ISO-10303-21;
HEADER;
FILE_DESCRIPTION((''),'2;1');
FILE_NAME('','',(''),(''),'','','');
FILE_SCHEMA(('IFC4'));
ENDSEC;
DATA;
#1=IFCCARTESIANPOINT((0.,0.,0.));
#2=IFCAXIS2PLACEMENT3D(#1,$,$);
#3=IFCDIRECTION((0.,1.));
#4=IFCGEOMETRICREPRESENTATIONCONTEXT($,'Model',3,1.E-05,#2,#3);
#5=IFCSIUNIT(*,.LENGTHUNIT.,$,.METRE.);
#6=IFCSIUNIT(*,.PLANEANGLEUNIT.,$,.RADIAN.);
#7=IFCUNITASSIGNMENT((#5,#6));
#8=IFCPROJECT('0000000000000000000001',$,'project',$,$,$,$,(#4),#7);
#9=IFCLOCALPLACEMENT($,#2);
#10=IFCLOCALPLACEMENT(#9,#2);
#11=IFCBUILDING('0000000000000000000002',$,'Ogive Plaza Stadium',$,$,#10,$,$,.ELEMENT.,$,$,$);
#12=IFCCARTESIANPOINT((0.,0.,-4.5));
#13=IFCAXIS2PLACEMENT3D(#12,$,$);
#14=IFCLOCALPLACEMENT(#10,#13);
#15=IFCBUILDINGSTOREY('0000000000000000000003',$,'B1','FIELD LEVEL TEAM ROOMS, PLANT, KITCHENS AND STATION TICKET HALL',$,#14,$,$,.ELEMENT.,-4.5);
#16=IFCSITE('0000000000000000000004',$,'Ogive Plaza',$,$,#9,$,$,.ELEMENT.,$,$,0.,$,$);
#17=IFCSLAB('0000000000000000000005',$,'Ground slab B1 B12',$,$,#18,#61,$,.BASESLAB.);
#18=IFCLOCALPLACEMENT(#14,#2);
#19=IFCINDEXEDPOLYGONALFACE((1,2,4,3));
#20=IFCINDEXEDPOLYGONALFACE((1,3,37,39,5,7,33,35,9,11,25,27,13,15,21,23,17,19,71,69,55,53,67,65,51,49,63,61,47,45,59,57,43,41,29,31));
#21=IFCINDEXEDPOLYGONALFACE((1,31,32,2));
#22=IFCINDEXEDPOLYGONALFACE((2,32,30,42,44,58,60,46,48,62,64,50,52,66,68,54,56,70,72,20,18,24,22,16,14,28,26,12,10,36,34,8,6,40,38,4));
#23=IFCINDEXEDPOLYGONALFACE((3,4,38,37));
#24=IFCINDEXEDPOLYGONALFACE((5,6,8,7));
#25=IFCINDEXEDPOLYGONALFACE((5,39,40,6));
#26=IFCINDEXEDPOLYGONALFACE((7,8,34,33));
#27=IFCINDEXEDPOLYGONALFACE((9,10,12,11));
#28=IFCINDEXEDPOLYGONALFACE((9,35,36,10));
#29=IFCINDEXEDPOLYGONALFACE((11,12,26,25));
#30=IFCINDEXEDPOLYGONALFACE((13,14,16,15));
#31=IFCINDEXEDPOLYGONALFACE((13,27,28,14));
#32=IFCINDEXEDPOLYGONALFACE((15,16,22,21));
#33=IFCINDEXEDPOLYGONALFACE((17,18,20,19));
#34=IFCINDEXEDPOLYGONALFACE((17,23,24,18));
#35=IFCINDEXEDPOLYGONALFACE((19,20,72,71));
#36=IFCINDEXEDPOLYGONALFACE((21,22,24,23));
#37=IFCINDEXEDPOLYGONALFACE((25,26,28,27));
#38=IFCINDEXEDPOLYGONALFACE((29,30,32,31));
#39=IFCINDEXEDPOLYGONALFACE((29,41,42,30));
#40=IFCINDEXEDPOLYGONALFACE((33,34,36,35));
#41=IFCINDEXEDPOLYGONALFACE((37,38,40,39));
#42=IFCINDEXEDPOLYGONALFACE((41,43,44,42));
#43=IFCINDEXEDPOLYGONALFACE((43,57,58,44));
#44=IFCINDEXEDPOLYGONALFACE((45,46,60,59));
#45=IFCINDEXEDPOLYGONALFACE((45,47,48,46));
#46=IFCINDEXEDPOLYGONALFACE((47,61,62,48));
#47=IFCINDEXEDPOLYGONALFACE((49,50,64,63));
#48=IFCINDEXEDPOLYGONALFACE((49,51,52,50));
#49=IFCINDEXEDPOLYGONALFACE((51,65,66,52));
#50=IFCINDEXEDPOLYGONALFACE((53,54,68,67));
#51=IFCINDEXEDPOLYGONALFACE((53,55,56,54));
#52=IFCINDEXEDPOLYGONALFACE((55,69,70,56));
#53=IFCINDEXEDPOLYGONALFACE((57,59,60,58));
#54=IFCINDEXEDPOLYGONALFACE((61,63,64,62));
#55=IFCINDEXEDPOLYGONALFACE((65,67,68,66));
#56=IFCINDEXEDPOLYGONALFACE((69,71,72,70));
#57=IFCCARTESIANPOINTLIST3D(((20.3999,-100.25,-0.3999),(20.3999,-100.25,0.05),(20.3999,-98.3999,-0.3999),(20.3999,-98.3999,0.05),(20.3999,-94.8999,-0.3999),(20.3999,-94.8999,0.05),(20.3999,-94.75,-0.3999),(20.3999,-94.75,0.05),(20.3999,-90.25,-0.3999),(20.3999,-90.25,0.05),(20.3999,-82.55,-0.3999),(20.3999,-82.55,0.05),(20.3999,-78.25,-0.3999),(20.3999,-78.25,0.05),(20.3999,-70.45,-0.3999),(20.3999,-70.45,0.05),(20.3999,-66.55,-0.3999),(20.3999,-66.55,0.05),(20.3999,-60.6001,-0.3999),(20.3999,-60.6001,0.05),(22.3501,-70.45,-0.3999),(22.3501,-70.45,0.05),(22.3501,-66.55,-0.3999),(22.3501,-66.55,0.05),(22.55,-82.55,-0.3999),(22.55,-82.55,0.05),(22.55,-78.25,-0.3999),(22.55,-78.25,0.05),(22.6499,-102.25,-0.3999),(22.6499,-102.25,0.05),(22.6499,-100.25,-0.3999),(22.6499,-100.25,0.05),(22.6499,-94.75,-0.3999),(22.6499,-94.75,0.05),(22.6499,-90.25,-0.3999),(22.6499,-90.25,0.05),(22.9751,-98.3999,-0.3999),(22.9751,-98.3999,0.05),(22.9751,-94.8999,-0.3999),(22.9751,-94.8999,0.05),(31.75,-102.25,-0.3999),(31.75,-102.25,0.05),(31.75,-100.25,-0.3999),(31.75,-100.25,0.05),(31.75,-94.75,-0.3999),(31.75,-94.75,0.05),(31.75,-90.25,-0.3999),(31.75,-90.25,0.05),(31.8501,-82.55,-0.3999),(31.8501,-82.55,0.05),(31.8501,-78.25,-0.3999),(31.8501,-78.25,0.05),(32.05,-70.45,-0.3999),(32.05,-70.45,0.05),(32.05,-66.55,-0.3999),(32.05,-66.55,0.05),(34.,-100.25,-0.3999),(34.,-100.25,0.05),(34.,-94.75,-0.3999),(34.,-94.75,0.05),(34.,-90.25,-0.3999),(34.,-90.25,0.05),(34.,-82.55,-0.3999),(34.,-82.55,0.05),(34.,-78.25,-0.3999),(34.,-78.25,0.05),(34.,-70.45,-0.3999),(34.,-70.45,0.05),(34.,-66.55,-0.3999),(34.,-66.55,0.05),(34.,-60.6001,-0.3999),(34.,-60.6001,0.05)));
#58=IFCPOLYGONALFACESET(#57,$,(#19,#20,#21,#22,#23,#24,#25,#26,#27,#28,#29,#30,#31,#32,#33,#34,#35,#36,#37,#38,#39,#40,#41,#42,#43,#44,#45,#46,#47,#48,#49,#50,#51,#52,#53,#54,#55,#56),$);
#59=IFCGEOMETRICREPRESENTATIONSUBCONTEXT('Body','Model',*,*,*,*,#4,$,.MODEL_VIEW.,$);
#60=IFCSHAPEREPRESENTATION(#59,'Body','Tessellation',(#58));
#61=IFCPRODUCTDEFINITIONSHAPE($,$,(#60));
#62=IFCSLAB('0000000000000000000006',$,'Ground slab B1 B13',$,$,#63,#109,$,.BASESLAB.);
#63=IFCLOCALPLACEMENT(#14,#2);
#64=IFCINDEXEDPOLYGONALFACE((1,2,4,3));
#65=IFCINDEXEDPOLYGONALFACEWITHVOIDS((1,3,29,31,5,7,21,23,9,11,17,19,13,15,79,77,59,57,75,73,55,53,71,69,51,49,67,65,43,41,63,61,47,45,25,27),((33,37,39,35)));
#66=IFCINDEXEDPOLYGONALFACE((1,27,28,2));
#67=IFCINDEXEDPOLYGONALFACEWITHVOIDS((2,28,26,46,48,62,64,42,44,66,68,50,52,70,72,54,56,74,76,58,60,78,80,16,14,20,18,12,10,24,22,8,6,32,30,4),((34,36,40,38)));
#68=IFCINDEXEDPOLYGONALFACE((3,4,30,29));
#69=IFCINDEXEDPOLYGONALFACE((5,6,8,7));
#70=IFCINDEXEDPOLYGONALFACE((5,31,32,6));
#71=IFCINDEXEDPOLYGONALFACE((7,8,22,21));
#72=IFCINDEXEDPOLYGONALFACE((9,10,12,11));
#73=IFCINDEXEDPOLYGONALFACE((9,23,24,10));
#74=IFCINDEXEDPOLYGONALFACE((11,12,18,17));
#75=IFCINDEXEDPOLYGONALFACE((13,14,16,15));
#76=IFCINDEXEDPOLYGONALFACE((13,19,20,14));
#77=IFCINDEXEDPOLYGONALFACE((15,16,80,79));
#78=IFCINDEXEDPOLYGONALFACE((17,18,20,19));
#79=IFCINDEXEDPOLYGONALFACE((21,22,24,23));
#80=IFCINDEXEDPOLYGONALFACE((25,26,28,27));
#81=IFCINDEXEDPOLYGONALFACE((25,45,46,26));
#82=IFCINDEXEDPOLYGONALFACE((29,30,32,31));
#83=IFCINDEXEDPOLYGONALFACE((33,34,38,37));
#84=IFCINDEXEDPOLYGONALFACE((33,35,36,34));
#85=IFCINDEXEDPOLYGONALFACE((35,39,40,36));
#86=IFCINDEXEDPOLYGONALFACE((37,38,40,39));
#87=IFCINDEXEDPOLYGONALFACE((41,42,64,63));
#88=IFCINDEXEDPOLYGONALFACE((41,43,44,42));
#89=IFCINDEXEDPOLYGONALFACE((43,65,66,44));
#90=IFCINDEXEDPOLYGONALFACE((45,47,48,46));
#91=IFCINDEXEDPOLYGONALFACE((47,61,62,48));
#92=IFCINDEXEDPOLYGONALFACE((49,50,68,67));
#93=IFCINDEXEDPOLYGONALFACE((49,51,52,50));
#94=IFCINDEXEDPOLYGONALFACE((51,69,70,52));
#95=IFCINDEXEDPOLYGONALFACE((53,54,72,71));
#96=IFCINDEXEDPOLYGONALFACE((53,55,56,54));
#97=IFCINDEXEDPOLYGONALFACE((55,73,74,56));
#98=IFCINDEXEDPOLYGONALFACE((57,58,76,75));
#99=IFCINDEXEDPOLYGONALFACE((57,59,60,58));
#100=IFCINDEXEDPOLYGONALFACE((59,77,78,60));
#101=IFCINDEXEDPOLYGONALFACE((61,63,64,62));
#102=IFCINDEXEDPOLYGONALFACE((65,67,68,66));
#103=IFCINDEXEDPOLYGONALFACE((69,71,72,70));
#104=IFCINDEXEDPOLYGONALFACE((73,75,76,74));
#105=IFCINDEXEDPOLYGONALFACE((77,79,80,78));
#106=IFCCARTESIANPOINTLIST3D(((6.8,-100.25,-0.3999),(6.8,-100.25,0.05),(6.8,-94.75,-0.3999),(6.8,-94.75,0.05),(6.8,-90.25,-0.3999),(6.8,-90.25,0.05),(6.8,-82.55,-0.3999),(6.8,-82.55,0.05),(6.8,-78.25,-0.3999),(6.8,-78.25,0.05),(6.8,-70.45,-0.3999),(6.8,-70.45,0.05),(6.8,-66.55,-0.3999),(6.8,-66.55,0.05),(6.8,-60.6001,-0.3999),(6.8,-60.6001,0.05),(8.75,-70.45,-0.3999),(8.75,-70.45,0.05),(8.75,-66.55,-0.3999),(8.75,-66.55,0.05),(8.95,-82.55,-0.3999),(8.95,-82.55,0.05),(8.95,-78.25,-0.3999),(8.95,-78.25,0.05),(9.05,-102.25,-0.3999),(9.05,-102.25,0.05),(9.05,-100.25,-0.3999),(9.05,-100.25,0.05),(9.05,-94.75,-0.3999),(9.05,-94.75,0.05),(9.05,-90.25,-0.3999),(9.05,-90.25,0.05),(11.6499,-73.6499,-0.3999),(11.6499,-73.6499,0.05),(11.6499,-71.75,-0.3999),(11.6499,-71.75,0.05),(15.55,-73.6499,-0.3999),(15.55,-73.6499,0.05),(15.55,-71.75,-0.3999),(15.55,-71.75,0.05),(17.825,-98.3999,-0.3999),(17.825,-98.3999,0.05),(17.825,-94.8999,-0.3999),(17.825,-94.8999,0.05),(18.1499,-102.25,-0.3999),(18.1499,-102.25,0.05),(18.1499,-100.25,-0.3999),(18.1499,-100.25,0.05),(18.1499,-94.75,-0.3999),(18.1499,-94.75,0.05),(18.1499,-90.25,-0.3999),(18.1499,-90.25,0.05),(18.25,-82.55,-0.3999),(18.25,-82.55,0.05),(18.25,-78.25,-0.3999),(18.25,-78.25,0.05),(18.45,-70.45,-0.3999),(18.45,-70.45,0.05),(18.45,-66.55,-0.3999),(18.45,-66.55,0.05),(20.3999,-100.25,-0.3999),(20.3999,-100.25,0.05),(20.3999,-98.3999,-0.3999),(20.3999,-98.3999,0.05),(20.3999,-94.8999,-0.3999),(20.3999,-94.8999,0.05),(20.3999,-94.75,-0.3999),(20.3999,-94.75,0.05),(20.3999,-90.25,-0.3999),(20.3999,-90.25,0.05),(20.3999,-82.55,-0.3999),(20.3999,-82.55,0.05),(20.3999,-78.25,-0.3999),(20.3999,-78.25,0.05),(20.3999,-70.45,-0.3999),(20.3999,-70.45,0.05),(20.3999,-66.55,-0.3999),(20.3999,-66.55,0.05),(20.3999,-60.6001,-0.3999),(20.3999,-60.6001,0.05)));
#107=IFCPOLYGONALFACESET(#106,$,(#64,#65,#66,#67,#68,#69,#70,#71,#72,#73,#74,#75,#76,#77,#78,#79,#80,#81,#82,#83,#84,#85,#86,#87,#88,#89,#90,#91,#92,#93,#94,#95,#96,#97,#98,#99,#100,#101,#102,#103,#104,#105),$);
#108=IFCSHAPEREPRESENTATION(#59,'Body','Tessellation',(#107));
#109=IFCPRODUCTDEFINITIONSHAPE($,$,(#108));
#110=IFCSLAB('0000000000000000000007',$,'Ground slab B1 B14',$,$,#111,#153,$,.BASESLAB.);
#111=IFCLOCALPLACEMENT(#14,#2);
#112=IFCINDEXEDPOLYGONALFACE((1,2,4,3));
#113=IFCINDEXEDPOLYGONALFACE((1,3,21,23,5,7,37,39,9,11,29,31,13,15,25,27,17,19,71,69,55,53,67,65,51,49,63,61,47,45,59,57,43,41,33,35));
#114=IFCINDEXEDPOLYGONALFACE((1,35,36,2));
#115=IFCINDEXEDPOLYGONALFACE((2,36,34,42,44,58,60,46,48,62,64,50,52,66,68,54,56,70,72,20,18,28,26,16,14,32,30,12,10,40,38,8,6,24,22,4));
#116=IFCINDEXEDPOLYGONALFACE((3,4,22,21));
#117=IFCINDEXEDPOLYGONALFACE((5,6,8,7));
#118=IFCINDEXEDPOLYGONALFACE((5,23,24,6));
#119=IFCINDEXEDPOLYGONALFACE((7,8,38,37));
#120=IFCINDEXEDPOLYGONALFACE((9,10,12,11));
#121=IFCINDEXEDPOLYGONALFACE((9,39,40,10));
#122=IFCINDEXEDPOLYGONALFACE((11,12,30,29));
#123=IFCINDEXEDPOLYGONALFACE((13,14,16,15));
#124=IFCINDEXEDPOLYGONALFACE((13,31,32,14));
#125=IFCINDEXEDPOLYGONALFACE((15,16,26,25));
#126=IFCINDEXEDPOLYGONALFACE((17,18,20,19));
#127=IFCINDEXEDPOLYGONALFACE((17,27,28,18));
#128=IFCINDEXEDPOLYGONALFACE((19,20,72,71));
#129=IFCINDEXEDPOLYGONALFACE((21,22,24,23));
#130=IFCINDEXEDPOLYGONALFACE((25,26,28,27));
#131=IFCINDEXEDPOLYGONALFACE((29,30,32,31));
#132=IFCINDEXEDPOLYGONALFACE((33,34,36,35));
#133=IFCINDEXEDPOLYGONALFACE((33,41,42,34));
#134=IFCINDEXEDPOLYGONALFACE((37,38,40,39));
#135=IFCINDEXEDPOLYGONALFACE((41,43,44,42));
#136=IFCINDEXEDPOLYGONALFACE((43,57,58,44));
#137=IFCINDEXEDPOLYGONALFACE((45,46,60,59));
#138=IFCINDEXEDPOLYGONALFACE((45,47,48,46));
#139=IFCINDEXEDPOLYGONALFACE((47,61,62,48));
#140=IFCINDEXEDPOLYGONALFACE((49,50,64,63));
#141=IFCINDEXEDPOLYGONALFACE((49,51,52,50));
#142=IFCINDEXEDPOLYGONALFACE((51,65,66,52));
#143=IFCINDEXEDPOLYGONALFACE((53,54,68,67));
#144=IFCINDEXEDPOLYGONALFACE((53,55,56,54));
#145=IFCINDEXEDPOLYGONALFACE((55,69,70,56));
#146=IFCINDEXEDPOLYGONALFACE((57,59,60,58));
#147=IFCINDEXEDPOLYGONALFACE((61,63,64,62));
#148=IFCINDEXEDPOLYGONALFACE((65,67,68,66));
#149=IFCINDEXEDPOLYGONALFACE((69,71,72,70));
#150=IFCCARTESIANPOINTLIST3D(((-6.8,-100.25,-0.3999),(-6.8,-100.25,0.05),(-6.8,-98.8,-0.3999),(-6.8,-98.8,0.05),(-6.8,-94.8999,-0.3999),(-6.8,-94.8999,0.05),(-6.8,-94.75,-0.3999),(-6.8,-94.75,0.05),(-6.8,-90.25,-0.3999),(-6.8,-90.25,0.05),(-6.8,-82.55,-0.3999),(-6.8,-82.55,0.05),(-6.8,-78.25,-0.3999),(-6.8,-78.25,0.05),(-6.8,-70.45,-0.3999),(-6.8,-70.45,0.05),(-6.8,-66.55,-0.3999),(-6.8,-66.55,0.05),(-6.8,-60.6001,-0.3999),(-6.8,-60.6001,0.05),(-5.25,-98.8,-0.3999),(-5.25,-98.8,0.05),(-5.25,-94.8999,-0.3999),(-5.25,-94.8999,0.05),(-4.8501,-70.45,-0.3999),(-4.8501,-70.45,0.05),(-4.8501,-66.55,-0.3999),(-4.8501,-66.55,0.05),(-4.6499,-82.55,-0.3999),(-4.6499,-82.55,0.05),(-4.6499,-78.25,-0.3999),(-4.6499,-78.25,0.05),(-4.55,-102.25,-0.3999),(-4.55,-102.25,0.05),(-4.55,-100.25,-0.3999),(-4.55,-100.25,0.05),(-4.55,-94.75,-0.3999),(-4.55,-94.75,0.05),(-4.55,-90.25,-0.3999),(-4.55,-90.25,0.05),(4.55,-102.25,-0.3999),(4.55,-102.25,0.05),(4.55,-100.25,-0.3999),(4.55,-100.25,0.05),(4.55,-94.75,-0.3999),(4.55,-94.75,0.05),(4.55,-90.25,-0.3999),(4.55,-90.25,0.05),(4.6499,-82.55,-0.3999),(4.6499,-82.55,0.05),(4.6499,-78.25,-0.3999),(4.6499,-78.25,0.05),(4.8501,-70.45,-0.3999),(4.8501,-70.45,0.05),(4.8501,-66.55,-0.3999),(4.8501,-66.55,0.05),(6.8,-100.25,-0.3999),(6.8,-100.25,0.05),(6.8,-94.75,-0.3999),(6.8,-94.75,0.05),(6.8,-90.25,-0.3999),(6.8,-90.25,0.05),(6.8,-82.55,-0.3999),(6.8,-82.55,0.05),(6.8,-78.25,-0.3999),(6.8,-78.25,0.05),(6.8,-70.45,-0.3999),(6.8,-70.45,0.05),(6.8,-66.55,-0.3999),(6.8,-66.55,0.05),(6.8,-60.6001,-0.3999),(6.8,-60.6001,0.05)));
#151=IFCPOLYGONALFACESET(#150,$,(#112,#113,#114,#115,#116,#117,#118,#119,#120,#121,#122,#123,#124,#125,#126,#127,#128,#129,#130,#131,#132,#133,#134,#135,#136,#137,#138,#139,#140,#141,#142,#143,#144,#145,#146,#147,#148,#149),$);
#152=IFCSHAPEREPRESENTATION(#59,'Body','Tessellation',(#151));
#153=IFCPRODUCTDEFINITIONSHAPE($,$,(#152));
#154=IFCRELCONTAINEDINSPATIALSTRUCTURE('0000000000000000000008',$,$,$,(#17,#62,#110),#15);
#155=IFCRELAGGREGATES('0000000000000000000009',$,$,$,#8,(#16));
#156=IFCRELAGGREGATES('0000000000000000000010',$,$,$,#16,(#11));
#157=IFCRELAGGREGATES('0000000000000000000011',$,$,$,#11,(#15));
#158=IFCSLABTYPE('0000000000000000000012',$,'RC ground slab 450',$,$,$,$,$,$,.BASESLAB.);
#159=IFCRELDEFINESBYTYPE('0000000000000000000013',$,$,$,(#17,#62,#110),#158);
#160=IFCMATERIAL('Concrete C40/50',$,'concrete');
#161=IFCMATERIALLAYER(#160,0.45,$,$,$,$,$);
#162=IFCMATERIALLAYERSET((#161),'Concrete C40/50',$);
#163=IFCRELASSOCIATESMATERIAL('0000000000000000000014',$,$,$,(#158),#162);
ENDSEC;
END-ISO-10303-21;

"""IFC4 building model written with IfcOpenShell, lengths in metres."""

from ifc_helpers import new_model, si_unit, direction, frame, origin, place, context, subcontext, project, spatial, polyline, outline, extrude, material, layer, layer_set, type_object, element, save


model = new_model("IFC4")

# Units and contexts
model_context = context("Model", 3, precision=1e-05, world=origin(), true_north=direction((0.0, 1.0)))
body_context = subcontext(model_context, "Body", "Model", "MODEL_VIEW")
ifc_project = project(units=[si_unit("LENGTHUNIT", "METRE"), si_unit("PLANEANGLEUNIT", "RADIAN")], contexts=[model_context])

# Site, building, storey
site_placement = place(None, origin())
site = spatial("IfcSite", under=ifc_project, at=site_placement, Name="Ogive Plaza", CompositionType="ELEMENT", RefElevation=0.0)
building_placement = place(site_placement, origin())
building = spatial("IfcBuilding", under=site, at=building_placement, Name="Ogive Plaza Stadium", CompositionType="ELEMENT")
storey_placement = place(building_placement, frame((0.0, 0.0, -4.5)))
storey = spatial("IfcBuildingStorey", under=building, at=storey_placement, Name="B1", Description="FIELD LEVEL TEAM ROOMS, PLANT, KITCHENS AND STATION TICKET HALL", CompositionType="ELEMENT", Elevation=-4.5)

# Slabs
ifc_material_1 = material(Name="Concrete C40/50", Category="concrete")
ifc_layer_1 = layer(ifc_material_1, 0.45)
ifc_layer_set_1 = layer_set([ifc_layer_1], Name="Concrete C40/50")
slab_type = type_object("IfcSlabType", Name="RC ground slab 450", PredefinedType="BASESLAB", material=ifc_layer_set_1)
slab_1_placement = place(storey_placement, frame((0.0, 0.0, -0.3999)))
element("IfcSlab", 1, at=slab_1_placement, inside=storey, type_object=slab_type, Name="Ground slab B1 B12", PredefinedType="BASESLAB", context=body_context, shape_type="SweptSolid", body=[
    extrude(outline(polyline([(20.3999, -66.55), (22.3501, -66.55), (22.3501, -70.45), (20.3999, -70.45), (20.3999, -78.25), (22.55, -78.25), (22.55, -82.55), (20.3999, -82.55), (20.3999, -90.25), (22.6499, -90.25), (22.6499, -94.75), (20.3999, -94.75), (20.3999, -94.8999), (22.9751, -94.8999), (22.9751, -98.3999), (20.3999, -98.3999), (20.3999, -100.25), (22.6499, -100.25), (22.6499, -102.25), (31.75, -102.25), (31.75, -100.25), (34.0, -100.25), (34.0, -94.75), (31.75, -94.75), (31.75, -90.25), (34.0, -90.25), (34.0, -82.55), (31.8501, -82.55), (31.8501, -78.25), (34.0, -78.25), (34.0, -70.45), (32.05, -70.45), (32.05, -66.55), (34.0, -66.55), (34.0, -60.6001), (20.3999, -60.6001), (20.3999, -66.55)])), origin(), (0.0, 0.0, 1.0), 0.45),
])
slab_2_placement = place(storey_placement, frame((0.0, 0.0, -0.3999)))
element("IfcSlab", 2, at=slab_2_placement, inside=storey, type_object=slab_type, Name="Ground slab B1 B13", PredefinedType="BASESLAB", context=body_context, shape_type="SweptSolid", body=[
    extrude(outline(polyline([(6.8, -66.55), (8.75, -66.55), (8.75, -70.45), (6.8, -70.45), (6.8, -78.25), (8.95, -78.25), (8.95, -82.55), (6.8, -82.55), (6.8, -90.25), (9.05, -90.25), (9.05, -94.75), (6.8, -94.75), (6.8, -100.25), (9.05, -100.25), (9.05, -102.25), (18.1499, -102.25), (18.1499, -100.25), (20.3999, -100.25), (20.3999, -98.3999), (17.825, -98.3999), (17.825, -94.8999), (20.3999, -94.8999), (20.3999, -94.75), (18.1499, -94.75), (18.1499, -90.25), (20.3999, -90.25), (20.3999, -82.55), (18.25, -82.55), (18.25, -78.25), (20.3999, -78.25), (20.3999, -70.45), (18.45, -70.45), (18.45, -66.55), (20.3999, -66.55), (20.3999, -60.6001), (6.8, -60.6001), (6.8, -66.55)]), holes=[polyline([(15.55, -73.6499), (15.55, -71.75), (11.6499, -71.75), (11.6499, -73.6499), (15.55, -73.6499)])]), origin(), (0.0, 0.0, 1.0), 0.45),
])
slab_3_placement = place(storey_placement, frame((0.0, 0.0, -0.3999)))
element("IfcSlab", 3, at=slab_3_placement, inside=storey, type_object=slab_type, Name="Ground slab B1 B14", PredefinedType="BASESLAB", context=body_context, shape_type="SweptSolid", body=[
    extrude(outline(polyline([(-6.8, -66.55), (-4.8501, -66.55), (-4.8501, -70.45), (-6.8, -70.45), (-6.8, -78.25), (-4.6499, -78.25), (-4.6499, -82.55), (-6.8, -82.55), (-6.8, -90.25), (-4.55, -90.25), (-4.55, -94.75), (-6.8, -94.75), (-6.8, -94.8999), (-5.25, -94.8999), (-5.25, -98.8), (-6.8, -98.8), (-6.8, -100.25), (-4.55, -100.25), (-4.55, -102.25), (4.55, -102.25), (4.55, -100.25), (6.8, -100.25), (6.8, -94.75), (4.55, -94.75), (4.55, -90.25), (6.8, -90.25), (6.8, -82.55), (4.6499, -82.55), (4.6499, -78.25), (6.8, -78.25), (6.8, -70.45), (4.8501, -70.45), (4.8501, -66.55), (6.8, -66.55), (6.8, -60.6001), (-6.8, -60.6001), (-6.8, -66.55)])), origin(), (0.0, 0.0, 1.0), 0.45),
])

save(model, "model.ifc")
